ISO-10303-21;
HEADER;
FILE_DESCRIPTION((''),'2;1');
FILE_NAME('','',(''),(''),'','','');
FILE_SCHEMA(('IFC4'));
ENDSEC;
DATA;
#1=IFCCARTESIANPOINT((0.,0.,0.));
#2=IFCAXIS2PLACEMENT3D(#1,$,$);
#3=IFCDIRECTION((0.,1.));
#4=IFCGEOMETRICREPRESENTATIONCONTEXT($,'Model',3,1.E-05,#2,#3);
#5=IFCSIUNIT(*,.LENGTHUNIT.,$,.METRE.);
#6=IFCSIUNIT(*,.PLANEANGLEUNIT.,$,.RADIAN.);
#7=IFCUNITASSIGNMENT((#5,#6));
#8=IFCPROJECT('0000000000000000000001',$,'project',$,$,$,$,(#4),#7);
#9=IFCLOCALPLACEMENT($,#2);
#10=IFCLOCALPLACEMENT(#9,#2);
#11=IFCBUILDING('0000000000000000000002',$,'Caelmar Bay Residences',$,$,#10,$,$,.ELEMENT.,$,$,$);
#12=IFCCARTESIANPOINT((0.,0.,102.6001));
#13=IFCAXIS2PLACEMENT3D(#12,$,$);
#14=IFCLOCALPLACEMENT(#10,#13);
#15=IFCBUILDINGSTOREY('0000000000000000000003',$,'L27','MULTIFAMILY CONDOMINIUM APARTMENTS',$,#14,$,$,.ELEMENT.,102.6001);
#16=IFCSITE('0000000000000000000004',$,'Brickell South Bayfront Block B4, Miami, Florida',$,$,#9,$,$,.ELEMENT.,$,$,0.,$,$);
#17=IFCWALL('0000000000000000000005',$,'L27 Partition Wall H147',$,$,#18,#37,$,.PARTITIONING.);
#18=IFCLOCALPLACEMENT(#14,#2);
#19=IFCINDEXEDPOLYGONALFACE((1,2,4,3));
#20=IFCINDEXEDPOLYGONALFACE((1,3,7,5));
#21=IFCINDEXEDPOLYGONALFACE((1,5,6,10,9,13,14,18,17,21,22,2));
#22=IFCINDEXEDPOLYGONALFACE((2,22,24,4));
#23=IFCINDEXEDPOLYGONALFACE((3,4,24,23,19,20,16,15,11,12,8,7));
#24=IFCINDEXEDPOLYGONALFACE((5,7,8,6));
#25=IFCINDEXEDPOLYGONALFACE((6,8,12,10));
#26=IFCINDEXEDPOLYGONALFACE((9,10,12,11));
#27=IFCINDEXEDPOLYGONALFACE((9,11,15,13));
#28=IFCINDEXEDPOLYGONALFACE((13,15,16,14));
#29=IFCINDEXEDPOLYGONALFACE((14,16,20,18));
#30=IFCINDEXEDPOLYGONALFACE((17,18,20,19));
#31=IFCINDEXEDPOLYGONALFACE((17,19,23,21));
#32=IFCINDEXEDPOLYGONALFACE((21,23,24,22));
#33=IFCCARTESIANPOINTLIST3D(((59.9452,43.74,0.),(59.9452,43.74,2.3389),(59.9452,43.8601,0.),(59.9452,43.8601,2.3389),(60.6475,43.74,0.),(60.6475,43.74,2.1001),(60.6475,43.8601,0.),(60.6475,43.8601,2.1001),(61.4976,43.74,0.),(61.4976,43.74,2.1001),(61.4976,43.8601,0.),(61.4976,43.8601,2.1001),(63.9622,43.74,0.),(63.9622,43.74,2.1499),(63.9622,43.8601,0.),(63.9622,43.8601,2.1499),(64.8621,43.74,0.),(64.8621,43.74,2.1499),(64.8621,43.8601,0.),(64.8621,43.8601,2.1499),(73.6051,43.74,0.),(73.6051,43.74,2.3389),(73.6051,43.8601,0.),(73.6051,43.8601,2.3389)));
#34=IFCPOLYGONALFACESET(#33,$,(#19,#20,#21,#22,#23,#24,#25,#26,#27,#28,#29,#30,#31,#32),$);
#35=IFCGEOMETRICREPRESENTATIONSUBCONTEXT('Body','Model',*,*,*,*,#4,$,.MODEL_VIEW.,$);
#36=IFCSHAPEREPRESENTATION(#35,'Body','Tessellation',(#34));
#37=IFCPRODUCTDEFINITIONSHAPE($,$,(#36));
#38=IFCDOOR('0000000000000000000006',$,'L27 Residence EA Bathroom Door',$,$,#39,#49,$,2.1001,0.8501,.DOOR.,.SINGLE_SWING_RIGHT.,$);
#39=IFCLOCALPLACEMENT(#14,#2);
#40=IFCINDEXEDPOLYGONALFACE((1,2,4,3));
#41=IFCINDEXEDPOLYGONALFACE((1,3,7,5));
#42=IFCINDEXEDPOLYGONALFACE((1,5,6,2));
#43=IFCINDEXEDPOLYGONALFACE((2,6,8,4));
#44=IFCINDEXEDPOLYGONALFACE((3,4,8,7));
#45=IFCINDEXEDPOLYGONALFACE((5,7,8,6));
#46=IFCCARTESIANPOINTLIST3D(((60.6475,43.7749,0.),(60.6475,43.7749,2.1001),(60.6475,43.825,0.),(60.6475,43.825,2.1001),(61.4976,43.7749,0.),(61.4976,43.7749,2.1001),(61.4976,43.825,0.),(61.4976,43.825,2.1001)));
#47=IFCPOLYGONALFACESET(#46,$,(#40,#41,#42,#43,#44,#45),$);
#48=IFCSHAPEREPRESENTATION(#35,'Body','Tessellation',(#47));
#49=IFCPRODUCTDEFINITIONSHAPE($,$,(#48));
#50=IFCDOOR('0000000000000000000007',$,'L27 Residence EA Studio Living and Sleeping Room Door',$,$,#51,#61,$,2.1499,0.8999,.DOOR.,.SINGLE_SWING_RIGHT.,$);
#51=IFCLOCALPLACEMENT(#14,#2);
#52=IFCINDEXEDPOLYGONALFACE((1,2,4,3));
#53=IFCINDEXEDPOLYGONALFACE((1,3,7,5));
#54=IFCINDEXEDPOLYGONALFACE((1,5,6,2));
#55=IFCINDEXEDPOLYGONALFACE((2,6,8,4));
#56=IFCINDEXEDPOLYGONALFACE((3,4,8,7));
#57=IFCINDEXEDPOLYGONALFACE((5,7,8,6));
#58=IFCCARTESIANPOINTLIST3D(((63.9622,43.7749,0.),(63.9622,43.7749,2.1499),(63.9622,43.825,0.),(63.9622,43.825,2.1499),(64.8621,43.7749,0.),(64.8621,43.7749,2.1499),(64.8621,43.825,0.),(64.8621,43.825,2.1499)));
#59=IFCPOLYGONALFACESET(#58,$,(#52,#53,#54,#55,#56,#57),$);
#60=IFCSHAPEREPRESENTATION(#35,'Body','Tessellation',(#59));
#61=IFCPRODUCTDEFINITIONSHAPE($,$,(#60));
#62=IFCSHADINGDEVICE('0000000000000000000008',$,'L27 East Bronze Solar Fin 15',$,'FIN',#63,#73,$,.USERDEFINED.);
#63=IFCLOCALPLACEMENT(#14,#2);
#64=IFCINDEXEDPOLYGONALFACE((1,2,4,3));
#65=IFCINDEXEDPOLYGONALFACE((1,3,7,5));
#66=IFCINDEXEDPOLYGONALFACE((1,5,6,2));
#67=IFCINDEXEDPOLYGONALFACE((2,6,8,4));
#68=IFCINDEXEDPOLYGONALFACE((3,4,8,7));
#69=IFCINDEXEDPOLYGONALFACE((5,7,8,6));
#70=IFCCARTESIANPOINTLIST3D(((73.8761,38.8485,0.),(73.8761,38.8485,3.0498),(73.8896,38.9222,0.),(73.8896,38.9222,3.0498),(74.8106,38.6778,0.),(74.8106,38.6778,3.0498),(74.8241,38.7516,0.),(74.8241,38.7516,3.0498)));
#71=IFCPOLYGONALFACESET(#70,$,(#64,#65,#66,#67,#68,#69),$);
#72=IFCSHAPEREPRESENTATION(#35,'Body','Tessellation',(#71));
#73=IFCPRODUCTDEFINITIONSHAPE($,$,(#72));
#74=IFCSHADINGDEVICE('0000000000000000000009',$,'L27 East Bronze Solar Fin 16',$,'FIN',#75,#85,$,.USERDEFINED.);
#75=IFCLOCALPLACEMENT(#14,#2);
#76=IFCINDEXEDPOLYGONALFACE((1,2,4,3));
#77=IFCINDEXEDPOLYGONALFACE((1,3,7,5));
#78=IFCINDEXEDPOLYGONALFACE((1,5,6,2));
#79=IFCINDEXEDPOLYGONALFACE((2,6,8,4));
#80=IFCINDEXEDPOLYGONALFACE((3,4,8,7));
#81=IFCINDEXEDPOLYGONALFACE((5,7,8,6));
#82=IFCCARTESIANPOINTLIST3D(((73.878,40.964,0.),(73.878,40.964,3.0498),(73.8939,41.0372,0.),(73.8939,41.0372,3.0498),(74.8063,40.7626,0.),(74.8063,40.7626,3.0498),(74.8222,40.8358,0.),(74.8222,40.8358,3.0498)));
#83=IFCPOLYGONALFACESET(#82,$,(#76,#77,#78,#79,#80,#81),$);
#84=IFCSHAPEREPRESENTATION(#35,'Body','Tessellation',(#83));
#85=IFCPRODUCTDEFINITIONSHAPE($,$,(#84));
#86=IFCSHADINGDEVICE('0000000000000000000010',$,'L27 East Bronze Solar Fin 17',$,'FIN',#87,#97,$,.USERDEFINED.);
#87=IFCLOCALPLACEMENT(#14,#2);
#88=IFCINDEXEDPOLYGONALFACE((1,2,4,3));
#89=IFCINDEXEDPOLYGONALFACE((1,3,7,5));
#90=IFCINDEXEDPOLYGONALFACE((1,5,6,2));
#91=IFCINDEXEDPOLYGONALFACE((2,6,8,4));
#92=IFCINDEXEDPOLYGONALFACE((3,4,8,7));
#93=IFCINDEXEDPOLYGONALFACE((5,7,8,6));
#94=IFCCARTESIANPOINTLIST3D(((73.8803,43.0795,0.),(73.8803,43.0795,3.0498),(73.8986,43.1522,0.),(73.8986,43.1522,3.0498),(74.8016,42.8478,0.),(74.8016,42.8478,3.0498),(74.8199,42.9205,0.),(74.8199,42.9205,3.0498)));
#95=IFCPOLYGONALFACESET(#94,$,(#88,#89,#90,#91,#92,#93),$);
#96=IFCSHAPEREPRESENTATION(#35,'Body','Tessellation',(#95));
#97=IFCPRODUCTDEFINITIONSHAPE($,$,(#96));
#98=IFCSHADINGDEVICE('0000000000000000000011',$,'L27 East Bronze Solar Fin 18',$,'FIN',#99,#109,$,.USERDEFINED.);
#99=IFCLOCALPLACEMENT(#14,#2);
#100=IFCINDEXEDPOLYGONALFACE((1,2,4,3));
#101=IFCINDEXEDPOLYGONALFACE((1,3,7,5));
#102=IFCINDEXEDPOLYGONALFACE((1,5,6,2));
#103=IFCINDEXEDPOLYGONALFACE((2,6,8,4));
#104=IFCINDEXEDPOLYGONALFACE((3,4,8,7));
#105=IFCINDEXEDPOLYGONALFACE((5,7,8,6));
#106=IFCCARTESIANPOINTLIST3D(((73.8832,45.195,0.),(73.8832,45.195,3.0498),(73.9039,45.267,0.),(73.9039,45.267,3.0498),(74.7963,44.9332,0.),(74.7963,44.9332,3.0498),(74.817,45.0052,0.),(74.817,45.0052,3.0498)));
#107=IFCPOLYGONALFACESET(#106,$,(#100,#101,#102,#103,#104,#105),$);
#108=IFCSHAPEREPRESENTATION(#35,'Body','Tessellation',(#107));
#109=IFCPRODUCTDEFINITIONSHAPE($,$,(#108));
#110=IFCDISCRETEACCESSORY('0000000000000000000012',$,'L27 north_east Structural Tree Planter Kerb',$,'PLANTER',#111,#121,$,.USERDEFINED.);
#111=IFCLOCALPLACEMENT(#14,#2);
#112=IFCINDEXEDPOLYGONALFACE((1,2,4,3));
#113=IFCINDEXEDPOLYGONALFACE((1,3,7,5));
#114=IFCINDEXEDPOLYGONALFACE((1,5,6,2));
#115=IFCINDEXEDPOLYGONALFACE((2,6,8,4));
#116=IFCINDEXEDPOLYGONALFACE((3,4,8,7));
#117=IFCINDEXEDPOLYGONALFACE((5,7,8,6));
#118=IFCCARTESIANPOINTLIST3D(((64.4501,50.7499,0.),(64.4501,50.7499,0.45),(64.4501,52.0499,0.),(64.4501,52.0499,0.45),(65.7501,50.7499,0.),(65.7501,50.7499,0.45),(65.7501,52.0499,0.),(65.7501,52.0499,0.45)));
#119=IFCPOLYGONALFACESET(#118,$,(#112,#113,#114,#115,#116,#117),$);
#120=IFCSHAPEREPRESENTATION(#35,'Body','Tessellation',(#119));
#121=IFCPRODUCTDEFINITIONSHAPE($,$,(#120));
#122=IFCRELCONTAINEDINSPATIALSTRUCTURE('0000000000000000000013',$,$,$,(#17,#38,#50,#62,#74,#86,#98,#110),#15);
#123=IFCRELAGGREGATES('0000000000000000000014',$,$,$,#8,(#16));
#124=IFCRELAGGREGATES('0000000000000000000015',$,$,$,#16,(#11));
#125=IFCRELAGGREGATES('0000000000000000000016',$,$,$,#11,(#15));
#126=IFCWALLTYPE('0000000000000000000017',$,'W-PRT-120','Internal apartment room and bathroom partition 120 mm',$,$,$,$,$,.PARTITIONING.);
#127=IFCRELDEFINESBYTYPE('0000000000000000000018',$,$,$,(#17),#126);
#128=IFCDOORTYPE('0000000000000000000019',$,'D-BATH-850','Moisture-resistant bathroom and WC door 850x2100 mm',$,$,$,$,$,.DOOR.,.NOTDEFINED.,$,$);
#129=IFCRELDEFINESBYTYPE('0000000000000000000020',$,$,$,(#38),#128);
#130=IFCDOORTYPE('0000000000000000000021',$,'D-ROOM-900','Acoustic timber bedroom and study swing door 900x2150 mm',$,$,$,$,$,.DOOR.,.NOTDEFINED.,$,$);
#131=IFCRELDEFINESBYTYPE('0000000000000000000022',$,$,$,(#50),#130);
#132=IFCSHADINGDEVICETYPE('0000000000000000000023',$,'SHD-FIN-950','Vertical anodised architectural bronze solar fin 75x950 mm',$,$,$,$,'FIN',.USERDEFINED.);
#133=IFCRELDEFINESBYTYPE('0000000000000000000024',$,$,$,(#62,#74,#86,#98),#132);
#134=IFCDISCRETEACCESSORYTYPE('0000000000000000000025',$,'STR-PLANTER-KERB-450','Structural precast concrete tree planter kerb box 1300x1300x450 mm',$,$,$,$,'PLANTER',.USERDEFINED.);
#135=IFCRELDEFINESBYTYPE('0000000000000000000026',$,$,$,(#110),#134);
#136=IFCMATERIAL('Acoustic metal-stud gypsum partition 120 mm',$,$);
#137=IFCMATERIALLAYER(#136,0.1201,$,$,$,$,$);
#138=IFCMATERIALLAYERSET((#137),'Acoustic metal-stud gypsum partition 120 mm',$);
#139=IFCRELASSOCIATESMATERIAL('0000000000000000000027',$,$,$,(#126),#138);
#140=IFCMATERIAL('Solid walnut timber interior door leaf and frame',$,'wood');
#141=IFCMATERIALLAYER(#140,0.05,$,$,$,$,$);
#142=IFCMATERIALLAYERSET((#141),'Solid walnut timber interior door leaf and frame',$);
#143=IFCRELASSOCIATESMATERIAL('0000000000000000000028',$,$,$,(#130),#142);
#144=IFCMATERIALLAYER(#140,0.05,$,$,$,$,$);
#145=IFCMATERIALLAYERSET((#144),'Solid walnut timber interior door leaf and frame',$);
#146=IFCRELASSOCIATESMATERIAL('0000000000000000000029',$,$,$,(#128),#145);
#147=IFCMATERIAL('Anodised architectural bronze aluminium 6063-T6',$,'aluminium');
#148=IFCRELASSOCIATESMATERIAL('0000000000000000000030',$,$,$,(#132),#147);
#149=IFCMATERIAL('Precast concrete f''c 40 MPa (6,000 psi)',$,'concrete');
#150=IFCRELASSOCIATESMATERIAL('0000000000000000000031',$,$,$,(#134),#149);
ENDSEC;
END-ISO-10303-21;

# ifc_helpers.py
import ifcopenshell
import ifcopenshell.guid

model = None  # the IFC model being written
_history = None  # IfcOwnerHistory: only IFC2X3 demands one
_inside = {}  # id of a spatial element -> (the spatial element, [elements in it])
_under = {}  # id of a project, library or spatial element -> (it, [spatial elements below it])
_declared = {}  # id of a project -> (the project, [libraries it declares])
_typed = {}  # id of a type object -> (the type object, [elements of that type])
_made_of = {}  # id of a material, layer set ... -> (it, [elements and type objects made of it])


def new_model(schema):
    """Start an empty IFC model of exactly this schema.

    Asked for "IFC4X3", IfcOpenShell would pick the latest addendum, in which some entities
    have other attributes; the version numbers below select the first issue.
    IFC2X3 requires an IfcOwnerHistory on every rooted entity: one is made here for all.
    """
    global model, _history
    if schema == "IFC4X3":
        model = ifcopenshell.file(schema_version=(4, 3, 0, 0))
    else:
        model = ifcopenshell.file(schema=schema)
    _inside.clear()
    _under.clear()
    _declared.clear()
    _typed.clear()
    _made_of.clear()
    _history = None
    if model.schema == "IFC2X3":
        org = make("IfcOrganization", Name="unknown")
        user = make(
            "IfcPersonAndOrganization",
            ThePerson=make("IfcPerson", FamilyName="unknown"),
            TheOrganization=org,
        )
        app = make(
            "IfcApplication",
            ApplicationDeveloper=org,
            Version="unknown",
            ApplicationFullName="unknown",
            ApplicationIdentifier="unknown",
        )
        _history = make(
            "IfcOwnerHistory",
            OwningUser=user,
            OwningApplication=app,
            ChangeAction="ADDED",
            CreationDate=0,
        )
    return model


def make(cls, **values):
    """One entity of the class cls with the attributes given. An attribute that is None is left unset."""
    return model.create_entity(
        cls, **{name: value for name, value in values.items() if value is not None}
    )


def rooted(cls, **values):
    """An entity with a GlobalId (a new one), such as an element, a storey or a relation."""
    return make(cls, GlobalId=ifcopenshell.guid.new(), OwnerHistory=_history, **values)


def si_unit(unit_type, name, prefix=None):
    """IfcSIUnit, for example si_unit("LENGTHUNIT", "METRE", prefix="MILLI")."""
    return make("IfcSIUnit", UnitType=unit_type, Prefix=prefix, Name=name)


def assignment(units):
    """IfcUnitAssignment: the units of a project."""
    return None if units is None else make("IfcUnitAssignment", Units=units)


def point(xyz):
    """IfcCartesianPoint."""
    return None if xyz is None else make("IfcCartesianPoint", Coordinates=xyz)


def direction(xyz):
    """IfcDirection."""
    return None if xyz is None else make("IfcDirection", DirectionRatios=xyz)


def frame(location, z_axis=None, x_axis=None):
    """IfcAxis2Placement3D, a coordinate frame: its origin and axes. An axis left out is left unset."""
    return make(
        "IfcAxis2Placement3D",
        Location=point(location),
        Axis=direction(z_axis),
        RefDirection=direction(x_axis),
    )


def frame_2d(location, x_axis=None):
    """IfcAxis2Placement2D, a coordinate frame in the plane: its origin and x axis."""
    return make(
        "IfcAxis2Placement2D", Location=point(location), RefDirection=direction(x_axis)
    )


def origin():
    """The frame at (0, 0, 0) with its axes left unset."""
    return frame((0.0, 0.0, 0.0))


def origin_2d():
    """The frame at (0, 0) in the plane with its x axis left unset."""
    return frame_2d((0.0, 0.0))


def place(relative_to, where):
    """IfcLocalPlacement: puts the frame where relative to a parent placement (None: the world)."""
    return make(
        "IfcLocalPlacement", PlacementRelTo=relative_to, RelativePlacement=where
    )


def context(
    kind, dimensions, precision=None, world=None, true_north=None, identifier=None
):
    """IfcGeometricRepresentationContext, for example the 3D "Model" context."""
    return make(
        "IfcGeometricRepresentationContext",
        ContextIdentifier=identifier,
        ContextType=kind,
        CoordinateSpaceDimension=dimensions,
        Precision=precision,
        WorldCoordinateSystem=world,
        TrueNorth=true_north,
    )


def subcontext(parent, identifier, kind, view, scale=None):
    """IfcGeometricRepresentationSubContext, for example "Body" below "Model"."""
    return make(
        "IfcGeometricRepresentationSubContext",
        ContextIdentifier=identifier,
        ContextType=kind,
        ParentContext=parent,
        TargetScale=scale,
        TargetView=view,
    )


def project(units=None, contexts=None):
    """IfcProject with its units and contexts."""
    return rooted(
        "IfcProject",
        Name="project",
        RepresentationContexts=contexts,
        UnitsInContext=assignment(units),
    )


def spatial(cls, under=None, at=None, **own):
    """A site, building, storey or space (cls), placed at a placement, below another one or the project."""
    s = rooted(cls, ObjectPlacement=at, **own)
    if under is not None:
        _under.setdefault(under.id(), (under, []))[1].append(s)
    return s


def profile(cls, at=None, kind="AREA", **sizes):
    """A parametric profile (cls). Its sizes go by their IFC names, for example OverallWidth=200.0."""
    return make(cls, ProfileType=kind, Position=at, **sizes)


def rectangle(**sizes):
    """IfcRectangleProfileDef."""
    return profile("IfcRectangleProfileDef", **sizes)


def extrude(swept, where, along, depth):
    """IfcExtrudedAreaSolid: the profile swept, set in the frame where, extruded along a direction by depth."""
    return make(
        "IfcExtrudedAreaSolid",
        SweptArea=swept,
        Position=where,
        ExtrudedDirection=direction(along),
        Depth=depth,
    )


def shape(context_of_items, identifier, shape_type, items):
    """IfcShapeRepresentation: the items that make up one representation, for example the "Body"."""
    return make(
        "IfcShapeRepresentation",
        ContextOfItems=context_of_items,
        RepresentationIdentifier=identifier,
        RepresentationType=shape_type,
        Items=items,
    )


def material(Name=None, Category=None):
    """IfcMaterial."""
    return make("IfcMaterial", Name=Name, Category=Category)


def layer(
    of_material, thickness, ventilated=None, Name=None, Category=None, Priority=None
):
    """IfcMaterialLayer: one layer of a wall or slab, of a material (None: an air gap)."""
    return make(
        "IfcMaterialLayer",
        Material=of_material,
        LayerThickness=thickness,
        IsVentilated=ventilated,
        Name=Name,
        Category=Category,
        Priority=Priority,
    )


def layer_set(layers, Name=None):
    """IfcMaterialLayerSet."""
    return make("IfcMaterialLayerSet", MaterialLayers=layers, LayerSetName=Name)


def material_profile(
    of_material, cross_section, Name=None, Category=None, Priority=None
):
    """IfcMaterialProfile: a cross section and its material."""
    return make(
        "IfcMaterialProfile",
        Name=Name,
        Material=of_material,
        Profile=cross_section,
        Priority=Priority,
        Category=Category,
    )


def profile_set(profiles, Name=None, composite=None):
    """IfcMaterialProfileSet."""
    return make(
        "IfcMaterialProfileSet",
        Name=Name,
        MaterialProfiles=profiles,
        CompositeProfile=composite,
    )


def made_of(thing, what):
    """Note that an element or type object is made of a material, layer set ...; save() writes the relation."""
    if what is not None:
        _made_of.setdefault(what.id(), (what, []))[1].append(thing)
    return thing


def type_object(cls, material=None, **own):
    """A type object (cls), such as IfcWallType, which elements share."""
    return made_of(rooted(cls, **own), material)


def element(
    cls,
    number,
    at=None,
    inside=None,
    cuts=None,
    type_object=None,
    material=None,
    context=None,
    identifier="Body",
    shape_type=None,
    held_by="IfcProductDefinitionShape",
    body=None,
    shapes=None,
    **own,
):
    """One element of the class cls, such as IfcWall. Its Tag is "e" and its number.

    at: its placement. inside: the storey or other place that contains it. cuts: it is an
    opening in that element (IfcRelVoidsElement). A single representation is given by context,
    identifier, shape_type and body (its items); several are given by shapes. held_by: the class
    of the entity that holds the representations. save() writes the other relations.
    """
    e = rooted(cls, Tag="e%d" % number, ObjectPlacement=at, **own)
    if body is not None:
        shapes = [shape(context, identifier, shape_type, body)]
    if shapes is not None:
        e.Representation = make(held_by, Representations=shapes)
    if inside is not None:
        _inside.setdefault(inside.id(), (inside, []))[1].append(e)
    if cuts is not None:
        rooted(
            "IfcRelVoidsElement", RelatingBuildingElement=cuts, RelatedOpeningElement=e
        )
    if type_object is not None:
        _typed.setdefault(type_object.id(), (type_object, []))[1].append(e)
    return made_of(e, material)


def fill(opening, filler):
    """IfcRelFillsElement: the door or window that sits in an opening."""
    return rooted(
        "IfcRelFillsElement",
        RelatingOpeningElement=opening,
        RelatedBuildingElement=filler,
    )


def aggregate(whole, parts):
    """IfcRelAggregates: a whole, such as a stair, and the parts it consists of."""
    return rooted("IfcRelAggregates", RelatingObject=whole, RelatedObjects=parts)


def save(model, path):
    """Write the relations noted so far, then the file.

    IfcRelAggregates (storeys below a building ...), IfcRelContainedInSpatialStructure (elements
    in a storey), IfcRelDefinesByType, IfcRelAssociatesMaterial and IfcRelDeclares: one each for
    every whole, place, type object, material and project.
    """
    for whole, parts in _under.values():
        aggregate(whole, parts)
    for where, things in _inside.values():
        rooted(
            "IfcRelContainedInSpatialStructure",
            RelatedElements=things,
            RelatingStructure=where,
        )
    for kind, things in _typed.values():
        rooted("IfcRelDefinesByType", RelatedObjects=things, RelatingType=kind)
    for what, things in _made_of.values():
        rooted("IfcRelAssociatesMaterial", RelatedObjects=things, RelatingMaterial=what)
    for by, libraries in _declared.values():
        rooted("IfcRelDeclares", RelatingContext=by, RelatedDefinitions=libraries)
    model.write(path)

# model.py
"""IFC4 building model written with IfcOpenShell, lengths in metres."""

from ifc_helpers import new_model, si_unit, direction, frame, frame_2d, origin, origin_2d, place, context, subcontext, project, spatial, rectangle, extrude, material, layer, layer_set, material_profile, profile_set, type_object, element, fill, save


model = new_model("IFC4")

# Units and contexts
model_context = context("Model", 3, precision=1e-05, world=origin(), true_north=direction((0.0, 1.0)))
body_context = subcontext(model_context, "Body", "Model", "MODEL_VIEW")
ifc_project = project(units=[si_unit("LENGTHUNIT", "METRE"), si_unit("PLANEANGLEUNIT", "RADIAN")], contexts=[model_context])

# Site, building, storey
site_placement = place(None, origin())
site = spatial("IfcSite", under=ifc_project, at=site_placement, Name="Brickell South Bayfront Block B4, Miami, Florida", CompositionType="ELEMENT", RefElevation=0.0)
building_placement = place(site_placement, origin())
building = spatial("IfcBuilding", under=site, at=building_placement, Name="Caelmar Bay Residences", CompositionType="ELEMENT")
storey_placement = place(building_placement, frame((0.0, 0.0, 102.6001)))
storey = spatial("IfcBuildingStorey", under=building, at=storey_placement, Name="L27", Description="MULTIFAMILY CONDOMINIUM APARTMENTS", CompositionType="ELEMENT", Elevation=102.6001)

# Shared definitions
ifc_material_1 = material(Name="Precast concrete f'c 40 MPa (6,000 psi)", Category="concrete")

# Shared definitions
ifc_material_2 = material(Name="Acoustic metal-stud gypsum partition 120 mm")
ifc_layer_1 = layer(ifc_material_2, 0.1201)
ifc_layer_set_1 = layer_set([ifc_layer_1], Name="Acoustic metal-stud gypsum partition 120 mm")
wall_type_1 = type_object("IfcWallType", Name="W-PRT-120", Description="Internal apartment room and bathroom partition 120 mm", PredefinedType="PARTITIONING", material=ifc_layer_set_1)
ifc_material_3 = material(Name="Solid walnut timber interior door leaf and frame", Category="wood")
ifc_layer_2 = layer(ifc_material_3, 0.05)
ifc_layer_set_2 = layer_set([ifc_layer_2], Name="Solid walnut timber interior door leaf and frame")
door_type_1 = type_object("IfcDoorType", Name="D-ROOM-900", Description="Acoustic timber bedroom and study swing door 900x2150 mm", OperationType="NOTDEFINED", PredefinedType="DOOR", material=ifc_layer_set_2)

# Wall, openings, doors
wall_1_placement = place(storey_placement, frame((59.9451, 43.8, 0.0), z_axis=(0.0, 0.0, 1.0), x_axis=(1.0, 0.0, 0.0)))
wall_1 = element("IfcWall", 1, at=wall_1_placement, inside=storey, type_object=wall_type_1, Name="L27 Partition Wall H147", PredefinedType="PARTITIONING", context=body_context, shape_type="SweptSolid", body=[
    extrude(rectangle(XDim=13.6599, YDim=0.1201, at=frame_2d((6.8301, 0.0))), origin(), (0.0, 0.0, 1.0), 2.3389),
])
opening_1_placement = place(wall_1_placement, frame((4.0171, 0.0, 0.0)))
opening_1 = element("IfcOpeningElement", 2, at=opening_1_placement, cuts=wall_1, PredefinedType="OPENING", context=body_context, shape_type="SweptSolid", body=[
    extrude(rectangle(XDim=0.8999, YDim=2.1499, at=frame_2d((0.45, 1.075))), frame((0.0, 0.0701, 0.0), z_axis=(0.0, -1.0, 0.0), x_axis=(1.0, 0.0, 0.0)), (0.0, 0.0, 1.0), 0.1401),
])
opening_2_placement = place(wall_1_placement, frame((0.7024, 0.0, 0.0)))
opening_2 = element("IfcOpeningElement", 3, at=opening_2_placement, cuts=wall_1, PredefinedType="OPENING", context=body_context, shape_type="SweptSolid", body=[
    extrude(rectangle(XDim=0.8501, YDim=2.1001, at=frame_2d((0.425, 1.05))), frame((0.0, 0.0701, 0.0), z_axis=(0.0, -1.0, 0.0), x_axis=(1.0, 0.0, 0.0)), (0.0, 0.0, 1.0), 0.1401),
])
ifc_layer_3 = layer(ifc_material_3, 0.05)
ifc_layer_set_3 = layer_set([ifc_layer_3], Name="Solid walnut timber interior door leaf and frame")
door_type_2 = type_object("IfcDoorType", Name="D-BATH-850", Description="Moisture-resistant bathroom and WC door 850x2100 mm", OperationType="NOTDEFINED", PredefinedType="DOOR", material=ifc_layer_set_3)
door_1_placement = place(opening_2_placement, origin())
door_1 = element("IfcDoor", 4, at=door_1_placement, inside=storey, type_object=door_type_2, Name="L27 Residence EA Bathroom Door", OperationType="SINGLE_SWING_RIGHT", OverallHeight=2.1001, OverallWidth=0.8501, PredefinedType="DOOR", context=body_context, shape_type="SweptSolid", body=[
    extrude(rectangle(XDim=0.8501, YDim=2.1001, at=frame_2d((0.425, 1.05))), frame((0.0, 0.0249, 0.0), z_axis=(0.0, -1.0, 0.0), x_axis=(1.0, 0.0, 0.0)), (0.0, 0.0, 1.0), 0.05),
])
fill(opening_2, door_1)
door_2_placement = place(opening_1_placement, origin())
door_2 = element("IfcDoor", 5, at=door_2_placement, inside=storey, type_object=door_type_1, Name="L27 Residence EA Studio Living and Sleeping Room Door", OperationType="SINGLE_SWING_RIGHT", OverallHeight=2.1499, OverallWidth=0.8999, PredefinedType="DOOR", context=body_context, shape_type="SweptSolid", body=[
    extrude(rectangle(XDim=0.8999, YDim=2.1499, at=frame_2d((0.45, 1.075))), frame((0.0, 0.0249, 0.0), z_axis=(0.0, -1.0, 0.0), x_axis=(1.0, 0.0, 0.0)), (0.0, 0.0, 1.0), 0.05),
])
fill(opening_1, door_2)

# Shading devices
ifc_material_4 = material(Name="Anodised architectural bronze aluminium 6063-T6", Category="aluminium")
ifc_material_profile_1 = material_profile(ifc_material_4, rectangle(XDim=0.075, YDim=0.95, at=origin_2d()), Name="BRONZE-FIN-75X950")
ifc_profile_set_1 = profile_set([ifc_material_profile_1], Name="Anodised architectural bronze aluminium 6063-T6")
shading_device_type = type_object("IfcShadingDeviceType", Name="SHD-FIN-950", Description="Vertical anodised architectural bronze solar fin 75x950 mm", ElementType="FIN", PredefinedType="USERDEFINED", material=ifc_profile_set_1)
for number, where, z_axis, x_axis, name in (
    (6, (74.3501, 38.8, 0.0), (0.0, 0.0, 1.0), (0.179661, 0.983729, 0.0), "L27 East Bronze Solar Fin 15"),
    (7, (74.3501, 40.8999, 0.0), (0.0, 0.0, 1.0), (0.212007, 0.977268, 0.0), "L27 East Bronze Solar Fin 16"),
    (8, (74.3501, 43.0, 0.0), (0.0, 0.0, 1.0), (0.243954, 0.969787, 0.0), "L27 East Bronze Solar Fin 17"),
    (9, (74.3501, 45.1001, 0.0), (0.0, 0.0, 1.0), (0.275637, 0.961262, 0.0), "L27 East Bronze Solar Fin 18"),
):
    element("IfcShadingDevice", number, at=place(storey_placement, frame(where, z_axis=z_axis, x_axis=x_axis)), inside=storey, type_object=shading_device_type, Name=name, ObjectType="FIN", PredefinedType="USERDEFINED", context=body_context, shape_type="SweptSolid", body=[
        extrude(rectangle(XDim=0.075, YDim=0.95, at=origin_2d()), origin(), (0.0, 0.0, 1.0), 3.0498),
    ])

# Discrete accessory
discrete_accessory_type = type_object("IfcDiscreteAccessoryType", Name="STR-PLANTER-KERB-450", Description="Structural precast concrete tree planter kerb box 1300x1300x450 mm", ElementType="PLANTER", PredefinedType="USERDEFINED", material=ifc_material_1)
discrete_accessory_placement = place(storey_placement, frame((65.1001, 51.3999, 0.0), z_axis=(0.0, 0.0, 1.0), x_axis=(1.0, 0.0, 0.0)))
element("IfcDiscreteAccessory", 10, at=discrete_accessory_placement, inside=storey, type_object=discrete_accessory_type, Name="L27 north_east Structural Tree Planter Kerb", ObjectType="PLANTER", PredefinedType="USERDEFINED", context=body_context, shape_type="SweptSolid", body=[
    extrude(rectangle(XDim=1.3, YDim=1.3, at=origin_2d()), origin(), (0.0, 0.0, 1.0), 0.45),
])

save(model, "model.ifc")
